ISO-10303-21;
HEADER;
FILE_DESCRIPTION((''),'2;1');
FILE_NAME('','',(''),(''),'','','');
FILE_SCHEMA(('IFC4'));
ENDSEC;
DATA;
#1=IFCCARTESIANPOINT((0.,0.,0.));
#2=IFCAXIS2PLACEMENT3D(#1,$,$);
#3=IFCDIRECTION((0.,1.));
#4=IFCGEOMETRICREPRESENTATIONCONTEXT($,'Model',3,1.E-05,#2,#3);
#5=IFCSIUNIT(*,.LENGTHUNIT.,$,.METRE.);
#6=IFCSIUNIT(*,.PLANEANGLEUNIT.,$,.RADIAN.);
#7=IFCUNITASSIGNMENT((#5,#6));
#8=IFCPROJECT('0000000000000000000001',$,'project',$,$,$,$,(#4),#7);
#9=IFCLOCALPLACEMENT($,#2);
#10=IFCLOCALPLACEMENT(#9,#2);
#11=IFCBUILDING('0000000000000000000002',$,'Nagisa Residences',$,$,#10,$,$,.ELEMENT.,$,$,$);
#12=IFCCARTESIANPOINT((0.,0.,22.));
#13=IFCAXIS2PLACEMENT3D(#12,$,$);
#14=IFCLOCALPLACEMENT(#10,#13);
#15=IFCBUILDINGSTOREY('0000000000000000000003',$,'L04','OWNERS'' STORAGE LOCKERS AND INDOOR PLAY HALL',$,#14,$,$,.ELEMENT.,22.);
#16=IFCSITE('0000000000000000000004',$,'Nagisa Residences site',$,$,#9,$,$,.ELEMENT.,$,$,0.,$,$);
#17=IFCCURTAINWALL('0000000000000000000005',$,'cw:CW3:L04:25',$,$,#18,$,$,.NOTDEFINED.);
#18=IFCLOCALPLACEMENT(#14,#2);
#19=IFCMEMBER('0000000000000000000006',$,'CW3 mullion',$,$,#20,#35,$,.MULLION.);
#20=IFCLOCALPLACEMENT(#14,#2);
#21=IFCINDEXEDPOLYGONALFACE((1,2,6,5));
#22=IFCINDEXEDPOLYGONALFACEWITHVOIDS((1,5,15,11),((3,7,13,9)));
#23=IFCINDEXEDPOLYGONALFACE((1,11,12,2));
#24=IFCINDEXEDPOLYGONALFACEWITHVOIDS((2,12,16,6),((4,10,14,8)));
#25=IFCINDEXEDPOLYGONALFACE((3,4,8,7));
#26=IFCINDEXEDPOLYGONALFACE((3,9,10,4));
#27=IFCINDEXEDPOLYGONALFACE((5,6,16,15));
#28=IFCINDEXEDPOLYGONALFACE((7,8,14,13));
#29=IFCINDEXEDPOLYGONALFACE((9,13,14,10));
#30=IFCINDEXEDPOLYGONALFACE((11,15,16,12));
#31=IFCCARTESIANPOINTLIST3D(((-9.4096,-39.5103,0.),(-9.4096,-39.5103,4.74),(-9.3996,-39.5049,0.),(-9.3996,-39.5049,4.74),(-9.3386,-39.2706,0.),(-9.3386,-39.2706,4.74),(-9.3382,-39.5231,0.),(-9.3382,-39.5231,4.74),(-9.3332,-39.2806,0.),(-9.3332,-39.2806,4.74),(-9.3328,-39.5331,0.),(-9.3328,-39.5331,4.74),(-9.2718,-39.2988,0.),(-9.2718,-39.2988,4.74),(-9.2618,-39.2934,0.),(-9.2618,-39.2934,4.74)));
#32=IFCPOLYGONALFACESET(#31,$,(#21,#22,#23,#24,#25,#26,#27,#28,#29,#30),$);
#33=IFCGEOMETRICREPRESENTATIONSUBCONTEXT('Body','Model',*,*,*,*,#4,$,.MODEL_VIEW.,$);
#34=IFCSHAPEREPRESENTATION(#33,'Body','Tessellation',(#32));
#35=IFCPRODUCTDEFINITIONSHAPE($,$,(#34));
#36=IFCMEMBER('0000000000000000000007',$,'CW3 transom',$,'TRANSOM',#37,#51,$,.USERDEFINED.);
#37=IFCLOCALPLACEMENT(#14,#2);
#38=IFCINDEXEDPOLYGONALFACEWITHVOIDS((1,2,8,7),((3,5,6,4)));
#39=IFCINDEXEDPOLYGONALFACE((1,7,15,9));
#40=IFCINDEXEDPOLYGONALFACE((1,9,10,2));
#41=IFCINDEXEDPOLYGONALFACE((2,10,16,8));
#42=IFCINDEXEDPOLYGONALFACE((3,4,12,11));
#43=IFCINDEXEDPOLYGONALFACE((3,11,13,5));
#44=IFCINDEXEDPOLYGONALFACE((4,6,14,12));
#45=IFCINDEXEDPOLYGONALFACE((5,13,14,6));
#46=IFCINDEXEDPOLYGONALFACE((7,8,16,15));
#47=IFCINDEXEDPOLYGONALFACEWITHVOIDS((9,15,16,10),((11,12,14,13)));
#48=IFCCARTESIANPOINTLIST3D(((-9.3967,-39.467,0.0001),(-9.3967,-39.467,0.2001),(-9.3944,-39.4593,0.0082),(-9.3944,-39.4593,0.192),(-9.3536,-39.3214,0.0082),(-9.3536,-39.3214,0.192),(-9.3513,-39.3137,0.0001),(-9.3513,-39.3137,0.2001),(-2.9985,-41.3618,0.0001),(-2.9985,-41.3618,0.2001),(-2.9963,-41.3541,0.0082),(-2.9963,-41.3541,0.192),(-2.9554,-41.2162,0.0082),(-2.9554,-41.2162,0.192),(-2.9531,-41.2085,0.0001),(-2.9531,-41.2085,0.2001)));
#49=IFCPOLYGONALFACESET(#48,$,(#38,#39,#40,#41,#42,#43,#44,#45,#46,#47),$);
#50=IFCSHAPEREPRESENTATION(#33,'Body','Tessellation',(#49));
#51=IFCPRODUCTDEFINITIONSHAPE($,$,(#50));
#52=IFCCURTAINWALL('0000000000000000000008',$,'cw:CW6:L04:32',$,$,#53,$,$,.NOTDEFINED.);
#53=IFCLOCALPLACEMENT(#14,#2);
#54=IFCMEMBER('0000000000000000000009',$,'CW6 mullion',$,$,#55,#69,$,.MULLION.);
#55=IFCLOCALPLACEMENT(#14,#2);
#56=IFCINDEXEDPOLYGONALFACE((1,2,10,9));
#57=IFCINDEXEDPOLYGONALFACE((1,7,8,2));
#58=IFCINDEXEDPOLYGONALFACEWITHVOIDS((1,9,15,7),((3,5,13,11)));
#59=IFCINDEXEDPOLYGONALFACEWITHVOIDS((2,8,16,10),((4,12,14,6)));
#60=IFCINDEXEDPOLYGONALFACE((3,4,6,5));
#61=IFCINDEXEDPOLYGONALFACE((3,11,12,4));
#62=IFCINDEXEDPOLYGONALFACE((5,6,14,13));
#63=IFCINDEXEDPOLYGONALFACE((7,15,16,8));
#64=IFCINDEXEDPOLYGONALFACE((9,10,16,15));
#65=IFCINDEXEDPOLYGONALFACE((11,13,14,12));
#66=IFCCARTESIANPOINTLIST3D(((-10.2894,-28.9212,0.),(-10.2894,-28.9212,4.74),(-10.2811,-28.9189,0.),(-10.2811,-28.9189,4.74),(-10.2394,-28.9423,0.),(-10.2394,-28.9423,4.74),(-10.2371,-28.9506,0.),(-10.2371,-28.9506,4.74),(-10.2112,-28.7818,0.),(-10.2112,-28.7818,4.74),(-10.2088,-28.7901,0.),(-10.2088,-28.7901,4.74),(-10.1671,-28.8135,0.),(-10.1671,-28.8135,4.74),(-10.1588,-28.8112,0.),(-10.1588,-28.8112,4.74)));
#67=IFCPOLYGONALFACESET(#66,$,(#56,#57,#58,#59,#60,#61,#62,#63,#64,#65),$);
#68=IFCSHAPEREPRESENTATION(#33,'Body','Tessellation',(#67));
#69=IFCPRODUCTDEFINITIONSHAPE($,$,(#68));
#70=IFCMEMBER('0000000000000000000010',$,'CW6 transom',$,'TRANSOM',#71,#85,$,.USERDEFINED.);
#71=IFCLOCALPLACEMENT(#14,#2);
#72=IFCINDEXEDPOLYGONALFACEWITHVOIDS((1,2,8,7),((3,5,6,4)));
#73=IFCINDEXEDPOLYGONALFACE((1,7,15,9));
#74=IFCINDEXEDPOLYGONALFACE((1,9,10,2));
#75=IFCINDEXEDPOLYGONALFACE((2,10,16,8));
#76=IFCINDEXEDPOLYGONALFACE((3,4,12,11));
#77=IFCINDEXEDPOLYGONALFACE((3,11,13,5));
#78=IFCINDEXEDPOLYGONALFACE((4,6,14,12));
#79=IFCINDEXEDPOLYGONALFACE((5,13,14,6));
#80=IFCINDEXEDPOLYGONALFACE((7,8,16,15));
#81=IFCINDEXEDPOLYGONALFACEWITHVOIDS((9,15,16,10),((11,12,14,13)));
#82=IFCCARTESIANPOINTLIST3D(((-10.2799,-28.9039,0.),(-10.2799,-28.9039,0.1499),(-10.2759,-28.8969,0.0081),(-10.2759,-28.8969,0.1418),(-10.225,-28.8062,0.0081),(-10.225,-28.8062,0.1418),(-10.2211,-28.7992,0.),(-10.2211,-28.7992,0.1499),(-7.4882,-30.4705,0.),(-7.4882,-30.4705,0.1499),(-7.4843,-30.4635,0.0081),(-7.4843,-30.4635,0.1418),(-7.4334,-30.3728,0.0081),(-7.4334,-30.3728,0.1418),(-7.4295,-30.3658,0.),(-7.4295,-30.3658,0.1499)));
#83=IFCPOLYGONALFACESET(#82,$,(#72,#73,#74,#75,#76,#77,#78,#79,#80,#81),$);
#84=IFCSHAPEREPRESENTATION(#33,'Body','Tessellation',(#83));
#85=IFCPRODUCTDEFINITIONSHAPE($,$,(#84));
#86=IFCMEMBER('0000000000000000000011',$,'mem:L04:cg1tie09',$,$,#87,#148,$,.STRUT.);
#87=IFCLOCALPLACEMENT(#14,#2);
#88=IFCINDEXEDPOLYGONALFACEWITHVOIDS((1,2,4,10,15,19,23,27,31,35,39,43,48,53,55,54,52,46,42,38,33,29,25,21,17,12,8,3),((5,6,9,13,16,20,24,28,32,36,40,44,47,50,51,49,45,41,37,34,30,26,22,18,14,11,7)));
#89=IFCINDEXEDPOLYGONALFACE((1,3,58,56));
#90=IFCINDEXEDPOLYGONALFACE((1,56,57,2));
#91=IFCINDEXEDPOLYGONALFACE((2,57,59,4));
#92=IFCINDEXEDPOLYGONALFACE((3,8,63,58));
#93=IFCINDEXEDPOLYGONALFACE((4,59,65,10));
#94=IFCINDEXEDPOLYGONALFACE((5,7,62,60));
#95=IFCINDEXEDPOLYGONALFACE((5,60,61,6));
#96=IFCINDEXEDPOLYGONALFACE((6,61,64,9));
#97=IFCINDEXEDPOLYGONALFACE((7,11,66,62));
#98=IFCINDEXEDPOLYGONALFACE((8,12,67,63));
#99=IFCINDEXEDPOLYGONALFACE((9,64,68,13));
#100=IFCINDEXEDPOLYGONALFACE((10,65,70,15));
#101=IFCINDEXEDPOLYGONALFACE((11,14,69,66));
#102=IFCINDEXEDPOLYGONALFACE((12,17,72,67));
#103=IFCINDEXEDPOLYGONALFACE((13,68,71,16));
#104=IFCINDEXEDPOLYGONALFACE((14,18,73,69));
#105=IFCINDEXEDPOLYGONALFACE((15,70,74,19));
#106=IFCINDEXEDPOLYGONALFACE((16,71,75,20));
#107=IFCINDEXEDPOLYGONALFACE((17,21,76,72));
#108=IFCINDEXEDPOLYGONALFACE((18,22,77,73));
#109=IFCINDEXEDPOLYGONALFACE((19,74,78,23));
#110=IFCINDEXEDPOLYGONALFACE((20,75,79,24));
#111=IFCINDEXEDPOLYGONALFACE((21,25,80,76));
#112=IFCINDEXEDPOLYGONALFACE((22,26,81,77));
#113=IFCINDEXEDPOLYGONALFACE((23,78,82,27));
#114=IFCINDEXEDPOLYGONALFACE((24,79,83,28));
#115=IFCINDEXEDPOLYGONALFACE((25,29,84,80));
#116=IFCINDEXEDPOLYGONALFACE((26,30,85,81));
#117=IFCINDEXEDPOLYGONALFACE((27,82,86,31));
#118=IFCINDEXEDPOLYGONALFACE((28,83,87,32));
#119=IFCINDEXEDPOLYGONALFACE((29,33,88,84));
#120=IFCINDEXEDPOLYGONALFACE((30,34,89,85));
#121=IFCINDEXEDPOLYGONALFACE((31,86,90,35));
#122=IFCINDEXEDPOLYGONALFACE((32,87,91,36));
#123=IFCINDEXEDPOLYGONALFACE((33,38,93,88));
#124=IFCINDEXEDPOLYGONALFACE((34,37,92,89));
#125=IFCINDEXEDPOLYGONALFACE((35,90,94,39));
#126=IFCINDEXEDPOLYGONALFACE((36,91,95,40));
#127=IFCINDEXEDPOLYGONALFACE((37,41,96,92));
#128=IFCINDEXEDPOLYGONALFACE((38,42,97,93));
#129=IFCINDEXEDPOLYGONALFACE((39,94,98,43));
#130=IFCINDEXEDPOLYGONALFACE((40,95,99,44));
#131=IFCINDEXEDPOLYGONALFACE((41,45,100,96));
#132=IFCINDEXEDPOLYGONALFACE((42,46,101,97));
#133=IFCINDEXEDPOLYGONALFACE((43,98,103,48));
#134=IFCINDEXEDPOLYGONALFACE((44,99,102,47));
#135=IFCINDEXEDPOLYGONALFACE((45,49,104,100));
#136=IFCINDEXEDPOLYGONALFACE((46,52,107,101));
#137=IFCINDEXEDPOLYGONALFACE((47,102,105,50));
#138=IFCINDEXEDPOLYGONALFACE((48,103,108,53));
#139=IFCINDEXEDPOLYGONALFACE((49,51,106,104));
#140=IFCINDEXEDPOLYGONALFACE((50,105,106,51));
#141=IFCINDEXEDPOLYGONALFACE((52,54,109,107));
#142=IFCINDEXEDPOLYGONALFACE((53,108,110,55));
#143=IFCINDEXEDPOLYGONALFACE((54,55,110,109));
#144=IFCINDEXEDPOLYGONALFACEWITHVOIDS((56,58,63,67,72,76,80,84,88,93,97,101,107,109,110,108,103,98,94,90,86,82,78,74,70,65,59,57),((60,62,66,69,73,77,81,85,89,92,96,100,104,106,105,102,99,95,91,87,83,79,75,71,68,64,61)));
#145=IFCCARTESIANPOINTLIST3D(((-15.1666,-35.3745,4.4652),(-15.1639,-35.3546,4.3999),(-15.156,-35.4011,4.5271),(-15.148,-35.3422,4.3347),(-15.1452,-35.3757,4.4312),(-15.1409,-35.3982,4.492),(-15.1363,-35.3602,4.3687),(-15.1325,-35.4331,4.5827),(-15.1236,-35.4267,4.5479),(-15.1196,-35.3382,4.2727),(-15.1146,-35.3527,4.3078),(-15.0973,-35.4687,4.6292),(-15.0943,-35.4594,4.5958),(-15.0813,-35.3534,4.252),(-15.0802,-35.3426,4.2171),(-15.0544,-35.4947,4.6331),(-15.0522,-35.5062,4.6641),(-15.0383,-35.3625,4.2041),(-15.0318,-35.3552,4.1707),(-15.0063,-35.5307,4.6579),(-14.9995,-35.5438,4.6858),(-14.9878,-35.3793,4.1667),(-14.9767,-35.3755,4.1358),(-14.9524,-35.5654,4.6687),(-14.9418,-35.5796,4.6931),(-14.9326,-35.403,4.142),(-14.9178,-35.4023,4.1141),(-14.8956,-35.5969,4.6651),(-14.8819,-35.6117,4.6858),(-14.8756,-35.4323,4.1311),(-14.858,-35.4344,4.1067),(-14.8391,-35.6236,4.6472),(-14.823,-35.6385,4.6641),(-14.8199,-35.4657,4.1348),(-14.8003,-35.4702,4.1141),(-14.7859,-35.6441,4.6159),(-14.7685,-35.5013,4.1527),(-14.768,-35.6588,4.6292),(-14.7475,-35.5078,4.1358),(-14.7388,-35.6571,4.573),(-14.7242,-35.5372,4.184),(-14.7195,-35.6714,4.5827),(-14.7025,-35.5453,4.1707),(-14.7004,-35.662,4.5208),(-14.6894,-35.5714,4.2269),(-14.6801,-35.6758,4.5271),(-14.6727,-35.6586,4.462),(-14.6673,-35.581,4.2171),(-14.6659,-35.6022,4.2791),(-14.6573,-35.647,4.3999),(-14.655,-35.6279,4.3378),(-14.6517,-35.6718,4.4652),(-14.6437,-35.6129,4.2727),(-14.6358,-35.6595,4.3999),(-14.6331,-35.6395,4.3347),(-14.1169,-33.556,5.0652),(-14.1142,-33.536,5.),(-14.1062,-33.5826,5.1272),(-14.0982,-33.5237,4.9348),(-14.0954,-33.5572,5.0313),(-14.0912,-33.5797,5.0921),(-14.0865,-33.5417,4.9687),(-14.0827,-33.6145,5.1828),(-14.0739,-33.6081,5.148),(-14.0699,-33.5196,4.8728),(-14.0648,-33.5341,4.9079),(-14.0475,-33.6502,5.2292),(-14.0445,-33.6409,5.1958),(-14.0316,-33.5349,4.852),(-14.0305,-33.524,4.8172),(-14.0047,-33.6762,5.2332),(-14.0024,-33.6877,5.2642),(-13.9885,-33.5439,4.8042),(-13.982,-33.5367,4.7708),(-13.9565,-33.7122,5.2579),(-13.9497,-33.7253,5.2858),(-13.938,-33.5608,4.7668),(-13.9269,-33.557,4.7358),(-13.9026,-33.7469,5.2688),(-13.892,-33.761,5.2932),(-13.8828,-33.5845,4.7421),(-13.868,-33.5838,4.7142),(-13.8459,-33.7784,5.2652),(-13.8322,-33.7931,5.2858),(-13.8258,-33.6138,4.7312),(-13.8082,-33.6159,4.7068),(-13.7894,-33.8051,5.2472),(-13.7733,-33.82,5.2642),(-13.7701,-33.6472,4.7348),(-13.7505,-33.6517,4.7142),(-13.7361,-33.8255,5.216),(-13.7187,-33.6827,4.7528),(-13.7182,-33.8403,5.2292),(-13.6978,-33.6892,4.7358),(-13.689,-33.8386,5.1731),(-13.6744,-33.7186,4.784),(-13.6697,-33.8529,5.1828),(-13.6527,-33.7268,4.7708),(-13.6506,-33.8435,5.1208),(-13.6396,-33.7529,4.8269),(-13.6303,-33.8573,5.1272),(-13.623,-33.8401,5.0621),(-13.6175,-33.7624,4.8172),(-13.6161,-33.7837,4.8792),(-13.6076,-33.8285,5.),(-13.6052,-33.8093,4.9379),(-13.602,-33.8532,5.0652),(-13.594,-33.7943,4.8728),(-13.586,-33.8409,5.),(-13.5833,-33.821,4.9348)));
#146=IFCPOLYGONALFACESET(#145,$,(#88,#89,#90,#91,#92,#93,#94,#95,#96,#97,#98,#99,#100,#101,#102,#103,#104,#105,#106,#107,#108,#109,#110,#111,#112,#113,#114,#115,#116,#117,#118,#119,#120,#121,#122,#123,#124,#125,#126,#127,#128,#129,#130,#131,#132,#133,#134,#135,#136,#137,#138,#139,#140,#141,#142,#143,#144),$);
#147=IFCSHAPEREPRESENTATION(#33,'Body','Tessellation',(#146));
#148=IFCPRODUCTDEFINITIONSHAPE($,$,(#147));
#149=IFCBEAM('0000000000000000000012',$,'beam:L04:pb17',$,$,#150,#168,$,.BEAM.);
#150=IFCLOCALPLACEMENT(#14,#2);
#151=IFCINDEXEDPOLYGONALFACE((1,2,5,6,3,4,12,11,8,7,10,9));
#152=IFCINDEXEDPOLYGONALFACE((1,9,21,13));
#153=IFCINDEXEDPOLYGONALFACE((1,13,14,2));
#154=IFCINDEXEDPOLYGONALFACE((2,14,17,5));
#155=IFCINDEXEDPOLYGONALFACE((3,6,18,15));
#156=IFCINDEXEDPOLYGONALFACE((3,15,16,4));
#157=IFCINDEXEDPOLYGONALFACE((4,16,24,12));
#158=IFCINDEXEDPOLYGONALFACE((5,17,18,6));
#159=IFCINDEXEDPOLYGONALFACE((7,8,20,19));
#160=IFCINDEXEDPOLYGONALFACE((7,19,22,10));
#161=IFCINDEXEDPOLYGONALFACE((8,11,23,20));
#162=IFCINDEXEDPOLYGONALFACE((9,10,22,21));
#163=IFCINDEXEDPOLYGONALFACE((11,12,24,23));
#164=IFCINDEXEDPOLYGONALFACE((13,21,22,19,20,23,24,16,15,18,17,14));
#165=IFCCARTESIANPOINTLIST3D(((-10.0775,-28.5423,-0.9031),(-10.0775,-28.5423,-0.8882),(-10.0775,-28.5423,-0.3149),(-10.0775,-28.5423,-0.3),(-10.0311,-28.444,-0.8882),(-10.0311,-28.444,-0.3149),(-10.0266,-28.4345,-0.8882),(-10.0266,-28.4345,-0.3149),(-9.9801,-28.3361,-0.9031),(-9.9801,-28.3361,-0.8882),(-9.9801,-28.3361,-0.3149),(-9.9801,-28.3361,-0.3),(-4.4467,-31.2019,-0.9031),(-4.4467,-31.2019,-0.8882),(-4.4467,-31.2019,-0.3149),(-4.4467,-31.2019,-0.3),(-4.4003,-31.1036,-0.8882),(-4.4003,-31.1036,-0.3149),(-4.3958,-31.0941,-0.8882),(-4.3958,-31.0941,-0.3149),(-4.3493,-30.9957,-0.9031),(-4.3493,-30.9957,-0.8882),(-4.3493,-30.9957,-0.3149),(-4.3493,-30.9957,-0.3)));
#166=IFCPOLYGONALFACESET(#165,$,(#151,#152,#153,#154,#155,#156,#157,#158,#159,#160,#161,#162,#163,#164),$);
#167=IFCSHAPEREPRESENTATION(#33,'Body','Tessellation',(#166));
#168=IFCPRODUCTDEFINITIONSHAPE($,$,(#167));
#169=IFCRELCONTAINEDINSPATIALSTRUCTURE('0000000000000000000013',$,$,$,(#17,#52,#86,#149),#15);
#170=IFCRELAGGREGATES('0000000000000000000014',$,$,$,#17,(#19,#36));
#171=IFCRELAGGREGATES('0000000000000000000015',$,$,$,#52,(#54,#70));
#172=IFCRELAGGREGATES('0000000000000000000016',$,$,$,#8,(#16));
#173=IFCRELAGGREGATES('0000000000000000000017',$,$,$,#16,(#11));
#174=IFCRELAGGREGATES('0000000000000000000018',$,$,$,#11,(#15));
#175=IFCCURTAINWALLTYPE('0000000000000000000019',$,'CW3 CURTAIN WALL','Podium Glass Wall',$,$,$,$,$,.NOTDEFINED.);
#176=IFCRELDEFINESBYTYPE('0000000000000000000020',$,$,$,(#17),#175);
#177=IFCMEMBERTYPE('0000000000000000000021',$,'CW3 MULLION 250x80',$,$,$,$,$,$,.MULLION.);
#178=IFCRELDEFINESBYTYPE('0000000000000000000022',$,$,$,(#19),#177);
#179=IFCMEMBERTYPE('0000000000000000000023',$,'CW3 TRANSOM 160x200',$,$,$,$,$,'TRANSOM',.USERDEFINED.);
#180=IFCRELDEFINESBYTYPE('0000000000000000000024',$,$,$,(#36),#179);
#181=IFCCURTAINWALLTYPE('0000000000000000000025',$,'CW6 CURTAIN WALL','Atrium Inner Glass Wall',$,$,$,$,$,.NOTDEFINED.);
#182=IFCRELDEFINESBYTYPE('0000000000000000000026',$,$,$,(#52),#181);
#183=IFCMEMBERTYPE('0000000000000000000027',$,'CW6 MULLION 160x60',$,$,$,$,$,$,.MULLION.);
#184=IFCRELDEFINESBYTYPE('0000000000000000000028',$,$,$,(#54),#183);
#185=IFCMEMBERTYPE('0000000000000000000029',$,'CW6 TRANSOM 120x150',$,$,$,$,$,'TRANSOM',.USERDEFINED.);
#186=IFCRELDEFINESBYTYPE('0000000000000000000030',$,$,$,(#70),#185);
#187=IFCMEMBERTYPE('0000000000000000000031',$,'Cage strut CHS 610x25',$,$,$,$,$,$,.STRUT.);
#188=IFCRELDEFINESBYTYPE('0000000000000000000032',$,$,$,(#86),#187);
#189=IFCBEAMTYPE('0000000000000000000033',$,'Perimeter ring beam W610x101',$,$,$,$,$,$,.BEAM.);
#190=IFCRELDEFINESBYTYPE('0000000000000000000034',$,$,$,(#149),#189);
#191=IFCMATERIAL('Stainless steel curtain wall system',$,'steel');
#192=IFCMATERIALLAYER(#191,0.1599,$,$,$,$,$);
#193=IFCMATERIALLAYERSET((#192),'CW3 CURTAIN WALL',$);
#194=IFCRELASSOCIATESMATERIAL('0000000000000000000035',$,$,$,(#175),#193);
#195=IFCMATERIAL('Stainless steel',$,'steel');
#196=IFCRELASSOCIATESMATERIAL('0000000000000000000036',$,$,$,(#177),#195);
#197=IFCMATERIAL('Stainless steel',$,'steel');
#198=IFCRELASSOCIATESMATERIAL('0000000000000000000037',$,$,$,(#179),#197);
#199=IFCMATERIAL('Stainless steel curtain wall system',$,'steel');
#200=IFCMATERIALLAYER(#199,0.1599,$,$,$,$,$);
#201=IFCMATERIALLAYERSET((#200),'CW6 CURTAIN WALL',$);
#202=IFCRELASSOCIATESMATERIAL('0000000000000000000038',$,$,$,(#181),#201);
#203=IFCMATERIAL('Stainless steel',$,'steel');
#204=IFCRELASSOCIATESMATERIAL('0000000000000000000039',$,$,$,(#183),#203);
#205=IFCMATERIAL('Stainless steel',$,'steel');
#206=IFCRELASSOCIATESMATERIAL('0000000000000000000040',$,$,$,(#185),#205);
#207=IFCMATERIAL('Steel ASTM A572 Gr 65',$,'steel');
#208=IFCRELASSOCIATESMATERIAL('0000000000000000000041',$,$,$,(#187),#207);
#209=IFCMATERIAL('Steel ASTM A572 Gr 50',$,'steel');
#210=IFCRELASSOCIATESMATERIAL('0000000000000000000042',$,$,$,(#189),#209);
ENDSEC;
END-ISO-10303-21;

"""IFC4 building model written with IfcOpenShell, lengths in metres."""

from ifc_helpers import new_model, si_unit, direction, frame, origin, origin_2d, place, context, subcontext, project, spatial, hollow_rectangle, hollow_circle, i_section, extrude, material, layer, layer_set, material_profile, profile_set, type_object, element, aggregate, save


model = new_model("IFC4")

# Units and contexts
model_context = context("Model", 3, precision=1e-05, world=origin(), true_north=direction((0.0, 1.0)))
body_context = subcontext(model_context, "Body", "Model", "MODEL_VIEW")
ifc_project = project(units=[si_unit("LENGTHUNIT", "METRE"), si_unit("PLANEANGLEUNIT", "RADIAN")], contexts=[model_context])

# Site, building, storey
site_placement = place(None, origin())
site = spatial("IfcSite", under=ifc_project, at=site_placement, Name="Nagisa Residences site", CompositionType="ELEMENT", RefElevation=0.0)
building_placement = place(site_placement, origin())
building = spatial("IfcBuilding", under=site, at=building_placement, Name="Nagisa Residences", CompositionType="ELEMENT")
storey_placement = place(building_placement, frame((0.0, 0.0, 22.0)))
storey = spatial("IfcBuildingStorey", under=building, at=storey_placement, Name="L04", Description="OWNERS' STORAGE LOCKERS AND INDOOR PLAY HALL", CompositionType="ELEMENT", Elevation=22.0)

# Curtain walls, members
ifc_material_1 = material(Name="Stainless steel curtain wall system", Category="steel")
ifc_layer_1 = layer(ifc_material_1, 0.1599)
ifc_layer_set_1 = layer_set([ifc_layer_1], Name="CW3 CURTAIN WALL")
curtain_wall_type_1 = type_object("IfcCurtainWallType", Name="CW3 CURTAIN WALL", Description="Podium Glass Wall", PredefinedType="NOTDEFINED", material=ifc_layer_set_1)
ifc_material_2 = material(Name="Stainless steel", Category="steel")
ifc_material_profile_1 = material_profile(ifc_material_2, hollow_rectangle(XDim=0.25, YDim=0.0801, WallThickness=0.0081, at=origin_2d()), Name="CW3 MULLION 250x80")
ifc_profile_set_1 = profile_set([ifc_material_profile_1], Name="Stainless steel")
member_type_1 = type_object("IfcMemberType", Name="CW3 MULLION 250x80", PredefinedType="MULLION", material=ifc_profile_set_1)
curtain_wall_1_placement = place(storey_placement, origin())
curtain_wall_1 = element("IfcCurtainWall", 1, at=curtain_wall_1_placement, inside=storey, type_object=curtain_wall_type_1, Name="cw:CW3:L04:25", PredefinedType="NOTDEFINED")
member_1_placement = place(storey_placement, frame((-9.3357, -39.4019, 0.0), z_axis=(0.0, 0.0, 1.0), x_axis=(0.283963, 0.958835, 0.0)))
member_1 = element("IfcMember", 2, at=member_1_placement, type_object=member_type_1, Name="CW3 mullion", PredefinedType="MULLION", context=body_context, shape_type="SweptSolid", body=[
    extrude(hollow_rectangle(XDim=0.25, YDim=0.0801, WallThickness=0.0081, at=origin_2d()), origin(), (0.0, 0.0, 1.0), 4.74),
])
ifc_material_3 = material(Name="Stainless steel", Category="steel")
ifc_material_profile_2 = material_profile(ifc_material_3, hollow_rectangle(XDim=0.1599, YDim=0.2, WallThickness=0.0081, at=origin_2d()), Name="CW3 TRANSOM 160x200")
ifc_profile_set_2 = profile_set([ifc_material_profile_2], Name="Stainless steel")
member_type_2 = type_object("IfcMemberType", Name="CW3 TRANSOM 160x200", ElementType="TRANSOM", PredefinedType="USERDEFINED", material=ifc_profile_set_2)
member_2_placement = place(storey_placement, frame((-9.374, -39.3904, 0.1001), z_axis=(0.958838, -0.283953, 0.0), x_axis=(0.283953, 0.958838, 0.0)))
member_2 = element("IfcMember", 3, at=member_2_placement, type_object=member_type_2, Name="CW3 transom", ObjectType="TRANSOM", PredefinedType="USERDEFINED", context=body_context, shape_type="SweptSolid", body=[
    extrude(hollow_rectangle(XDim=0.1599, YDim=0.2, WallThickness=0.0081, at=origin_2d()), origin(), (0.0, 0.0, 1.0), 6.6729),
])
aggregate(curtain_wall_1, [member_1, member_2])
ifc_material_4 = material(Name="Stainless steel curtain wall system", Category="steel")
ifc_layer_2 = layer(ifc_material_4, 0.1599)
ifc_layer_set_2 = layer_set([ifc_layer_2], Name="CW6 CURTAIN WALL")
curtain_wall_type_2 = type_object("IfcCurtainWallType", Name="CW6 CURTAIN WALL", Description="Atrium Inner Glass Wall", PredefinedType="NOTDEFINED", material=ifc_layer_set_2)
curtain_wall_2_placement = place(storey_placement, origin())
curtain_wall_2 = element("IfcCurtainWall", 4, at=curtain_wall_2_placement, inside=storey, type_object=curtain_wall_type_2, Name="cw:CW6:L04:32", PredefinedType="NOTDEFINED")
ifc_material_5 = material(Name="Stainless steel", Category="steel")
ifc_material_profile_3 = material_profile(ifc_material_5, hollow_rectangle(XDim=0.1599, YDim=0.0601, WallThickness=0.0061, at=origin_2d()), Name="CW6 MULLION 160x60")
ifc_profile_set_3 = profile_set([ifc_material_profile_3], Name="Stainless steel")
member_type_3 = type_object("IfcMemberType", Name="CW6 MULLION 160x60", PredefinedType="MULLION", material=ifc_profile_set_3)
member_3_placement = place(storey_placement, frame((-10.2241, -28.8662, 0.0), z_axis=(0.0, 0.0, 1.0), x_axis=(0.489377, 0.872072, 0.0)))
member_3 = element("IfcMember", 5, at=member_3_placement, type_object=member_type_3, Name="CW6 mullion", PredefinedType="MULLION", context=body_context, shape_type="SweptSolid", body=[
    extrude(hollow_rectangle(XDim=0.1599, YDim=0.0601, WallThickness=0.0061, at=origin_2d()), origin(), (0.0, 0.0, 1.0), 4.74),
])
ifc_material_6 = material(Name="Stainless steel", Category="steel")
ifc_material_profile_4 = material_profile(ifc_material_6, hollow_rectangle(XDim=0.1201, YDim=0.1499, WallThickness=0.0081, at=origin_2d()), Name="CW6 TRANSOM 120x150")
ifc_profile_set_4 = profile_set([ifc_material_profile_4], Name="Stainless steel")
member_type_4 = type_object("IfcMemberType", Name="CW6 TRANSOM 120x150", ElementType="TRANSOM", PredefinedType="USERDEFINED", material=ifc_profile_set_4)
member_4_placement = place(storey_placement, frame((-10.2505, -28.8516, 0.075), z_axis=(0.87207, -0.489381, 0.0), x_axis=(0.489381, 0.87207, 0.0)))
member_4 = element("IfcMember", 6, at=member_4_placement, type_object=member_type_4, Name="CW6 transom", ObjectType="TRANSOM", PredefinedType="USERDEFINED", context=body_context, shape_type="SweptSolid", body=[
    extrude(hollow_rectangle(XDim=0.1201, YDim=0.1499, WallThickness=0.0081, at=origin_2d()), origin(), (0.0, 0.0, 1.0), 3.2012),
])

# Member
ifc_material_7 = material(Name="Steel ASTM A572 Gr 65", Category="steel")
ifc_material_profile_5 = material_profile(ifc_material_7, hollow_circle(Radius=0.3049, WallThickness=0.0249, at=origin_2d()), Name="CHS 610x25")
ifc_profile_set_5 = profile_set([ifc_material_profile_5], Name="Steel ASTM A572 Gr 65")
member_type_5 = type_object("IfcMemberType", Name="Cage strut CHS 610x25", PredefinedType="STRUT", material=ifc_profile_set_5)
member_5_placement = place(storey_placement, frame((-13.8501, -33.6885, 5.0), z_axis=(-0.480696, -0.832723, -0.274779), x_axis=(0.86606, -0.499941, 0.0)))
element("IfcMember", 7, at=member_5_placement, inside=storey, type_object=member_type_5, Name="mem:L04:cg1tie09", PredefinedType="STRUT", context=body_context, shape_type="SweptSolid", body=[
    extrude(hollow_circle(Radius=0.3049, WallThickness=0.0249, at=origin_2d()), origin(), (0.0, 0.0, 1.0), 2.1838),
])

# Beam
ifc_material_8 = material(Name="Steel ASTM A572 Gr 50", Category="steel")
ifc_material_profile_6 = material_profile(ifc_material_8, i_section(OverallWidth=0.228, OverallDepth=0.603, WebThickness=0.0105, FlangeThickness=0.0149, at=origin_2d()), Name="W610x101")
ifc_profile_set_6 = profile_set([ifc_material_profile_6], Name="Steel ASTM A572 Gr 50")
beam_type_1 = type_object("IfcBeamType", Name="Perimeter ring beam W610x101", PredefinedType="BEAM", material=ifc_profile_set_6)
beam_1_placement = place(storey_placement, frame((-10.0288, -28.4392, -0.6016), z_axis=(0.904208, -0.427092, 0.0), x_axis=(0.427092, 0.904208, 0.0)))
element("IfcBeam", 8, at=beam_1_placement, inside=storey, type_object=beam_type_1, Name="beam:L04:pb17", PredefinedType="BEAM", context=body_context, shape_type="SweptSolid", body=[
    extrude(i_section(OverallWidth=0.228, OverallDepth=0.603, WebThickness=0.0105, FlangeThickness=0.0149, at=origin_2d()), origin(), (0.0, 0.0, 1.0), 6.2273),
])

aggregate(curtain_wall_2, [member_3, member_4])

save(model, "model.ifc")
